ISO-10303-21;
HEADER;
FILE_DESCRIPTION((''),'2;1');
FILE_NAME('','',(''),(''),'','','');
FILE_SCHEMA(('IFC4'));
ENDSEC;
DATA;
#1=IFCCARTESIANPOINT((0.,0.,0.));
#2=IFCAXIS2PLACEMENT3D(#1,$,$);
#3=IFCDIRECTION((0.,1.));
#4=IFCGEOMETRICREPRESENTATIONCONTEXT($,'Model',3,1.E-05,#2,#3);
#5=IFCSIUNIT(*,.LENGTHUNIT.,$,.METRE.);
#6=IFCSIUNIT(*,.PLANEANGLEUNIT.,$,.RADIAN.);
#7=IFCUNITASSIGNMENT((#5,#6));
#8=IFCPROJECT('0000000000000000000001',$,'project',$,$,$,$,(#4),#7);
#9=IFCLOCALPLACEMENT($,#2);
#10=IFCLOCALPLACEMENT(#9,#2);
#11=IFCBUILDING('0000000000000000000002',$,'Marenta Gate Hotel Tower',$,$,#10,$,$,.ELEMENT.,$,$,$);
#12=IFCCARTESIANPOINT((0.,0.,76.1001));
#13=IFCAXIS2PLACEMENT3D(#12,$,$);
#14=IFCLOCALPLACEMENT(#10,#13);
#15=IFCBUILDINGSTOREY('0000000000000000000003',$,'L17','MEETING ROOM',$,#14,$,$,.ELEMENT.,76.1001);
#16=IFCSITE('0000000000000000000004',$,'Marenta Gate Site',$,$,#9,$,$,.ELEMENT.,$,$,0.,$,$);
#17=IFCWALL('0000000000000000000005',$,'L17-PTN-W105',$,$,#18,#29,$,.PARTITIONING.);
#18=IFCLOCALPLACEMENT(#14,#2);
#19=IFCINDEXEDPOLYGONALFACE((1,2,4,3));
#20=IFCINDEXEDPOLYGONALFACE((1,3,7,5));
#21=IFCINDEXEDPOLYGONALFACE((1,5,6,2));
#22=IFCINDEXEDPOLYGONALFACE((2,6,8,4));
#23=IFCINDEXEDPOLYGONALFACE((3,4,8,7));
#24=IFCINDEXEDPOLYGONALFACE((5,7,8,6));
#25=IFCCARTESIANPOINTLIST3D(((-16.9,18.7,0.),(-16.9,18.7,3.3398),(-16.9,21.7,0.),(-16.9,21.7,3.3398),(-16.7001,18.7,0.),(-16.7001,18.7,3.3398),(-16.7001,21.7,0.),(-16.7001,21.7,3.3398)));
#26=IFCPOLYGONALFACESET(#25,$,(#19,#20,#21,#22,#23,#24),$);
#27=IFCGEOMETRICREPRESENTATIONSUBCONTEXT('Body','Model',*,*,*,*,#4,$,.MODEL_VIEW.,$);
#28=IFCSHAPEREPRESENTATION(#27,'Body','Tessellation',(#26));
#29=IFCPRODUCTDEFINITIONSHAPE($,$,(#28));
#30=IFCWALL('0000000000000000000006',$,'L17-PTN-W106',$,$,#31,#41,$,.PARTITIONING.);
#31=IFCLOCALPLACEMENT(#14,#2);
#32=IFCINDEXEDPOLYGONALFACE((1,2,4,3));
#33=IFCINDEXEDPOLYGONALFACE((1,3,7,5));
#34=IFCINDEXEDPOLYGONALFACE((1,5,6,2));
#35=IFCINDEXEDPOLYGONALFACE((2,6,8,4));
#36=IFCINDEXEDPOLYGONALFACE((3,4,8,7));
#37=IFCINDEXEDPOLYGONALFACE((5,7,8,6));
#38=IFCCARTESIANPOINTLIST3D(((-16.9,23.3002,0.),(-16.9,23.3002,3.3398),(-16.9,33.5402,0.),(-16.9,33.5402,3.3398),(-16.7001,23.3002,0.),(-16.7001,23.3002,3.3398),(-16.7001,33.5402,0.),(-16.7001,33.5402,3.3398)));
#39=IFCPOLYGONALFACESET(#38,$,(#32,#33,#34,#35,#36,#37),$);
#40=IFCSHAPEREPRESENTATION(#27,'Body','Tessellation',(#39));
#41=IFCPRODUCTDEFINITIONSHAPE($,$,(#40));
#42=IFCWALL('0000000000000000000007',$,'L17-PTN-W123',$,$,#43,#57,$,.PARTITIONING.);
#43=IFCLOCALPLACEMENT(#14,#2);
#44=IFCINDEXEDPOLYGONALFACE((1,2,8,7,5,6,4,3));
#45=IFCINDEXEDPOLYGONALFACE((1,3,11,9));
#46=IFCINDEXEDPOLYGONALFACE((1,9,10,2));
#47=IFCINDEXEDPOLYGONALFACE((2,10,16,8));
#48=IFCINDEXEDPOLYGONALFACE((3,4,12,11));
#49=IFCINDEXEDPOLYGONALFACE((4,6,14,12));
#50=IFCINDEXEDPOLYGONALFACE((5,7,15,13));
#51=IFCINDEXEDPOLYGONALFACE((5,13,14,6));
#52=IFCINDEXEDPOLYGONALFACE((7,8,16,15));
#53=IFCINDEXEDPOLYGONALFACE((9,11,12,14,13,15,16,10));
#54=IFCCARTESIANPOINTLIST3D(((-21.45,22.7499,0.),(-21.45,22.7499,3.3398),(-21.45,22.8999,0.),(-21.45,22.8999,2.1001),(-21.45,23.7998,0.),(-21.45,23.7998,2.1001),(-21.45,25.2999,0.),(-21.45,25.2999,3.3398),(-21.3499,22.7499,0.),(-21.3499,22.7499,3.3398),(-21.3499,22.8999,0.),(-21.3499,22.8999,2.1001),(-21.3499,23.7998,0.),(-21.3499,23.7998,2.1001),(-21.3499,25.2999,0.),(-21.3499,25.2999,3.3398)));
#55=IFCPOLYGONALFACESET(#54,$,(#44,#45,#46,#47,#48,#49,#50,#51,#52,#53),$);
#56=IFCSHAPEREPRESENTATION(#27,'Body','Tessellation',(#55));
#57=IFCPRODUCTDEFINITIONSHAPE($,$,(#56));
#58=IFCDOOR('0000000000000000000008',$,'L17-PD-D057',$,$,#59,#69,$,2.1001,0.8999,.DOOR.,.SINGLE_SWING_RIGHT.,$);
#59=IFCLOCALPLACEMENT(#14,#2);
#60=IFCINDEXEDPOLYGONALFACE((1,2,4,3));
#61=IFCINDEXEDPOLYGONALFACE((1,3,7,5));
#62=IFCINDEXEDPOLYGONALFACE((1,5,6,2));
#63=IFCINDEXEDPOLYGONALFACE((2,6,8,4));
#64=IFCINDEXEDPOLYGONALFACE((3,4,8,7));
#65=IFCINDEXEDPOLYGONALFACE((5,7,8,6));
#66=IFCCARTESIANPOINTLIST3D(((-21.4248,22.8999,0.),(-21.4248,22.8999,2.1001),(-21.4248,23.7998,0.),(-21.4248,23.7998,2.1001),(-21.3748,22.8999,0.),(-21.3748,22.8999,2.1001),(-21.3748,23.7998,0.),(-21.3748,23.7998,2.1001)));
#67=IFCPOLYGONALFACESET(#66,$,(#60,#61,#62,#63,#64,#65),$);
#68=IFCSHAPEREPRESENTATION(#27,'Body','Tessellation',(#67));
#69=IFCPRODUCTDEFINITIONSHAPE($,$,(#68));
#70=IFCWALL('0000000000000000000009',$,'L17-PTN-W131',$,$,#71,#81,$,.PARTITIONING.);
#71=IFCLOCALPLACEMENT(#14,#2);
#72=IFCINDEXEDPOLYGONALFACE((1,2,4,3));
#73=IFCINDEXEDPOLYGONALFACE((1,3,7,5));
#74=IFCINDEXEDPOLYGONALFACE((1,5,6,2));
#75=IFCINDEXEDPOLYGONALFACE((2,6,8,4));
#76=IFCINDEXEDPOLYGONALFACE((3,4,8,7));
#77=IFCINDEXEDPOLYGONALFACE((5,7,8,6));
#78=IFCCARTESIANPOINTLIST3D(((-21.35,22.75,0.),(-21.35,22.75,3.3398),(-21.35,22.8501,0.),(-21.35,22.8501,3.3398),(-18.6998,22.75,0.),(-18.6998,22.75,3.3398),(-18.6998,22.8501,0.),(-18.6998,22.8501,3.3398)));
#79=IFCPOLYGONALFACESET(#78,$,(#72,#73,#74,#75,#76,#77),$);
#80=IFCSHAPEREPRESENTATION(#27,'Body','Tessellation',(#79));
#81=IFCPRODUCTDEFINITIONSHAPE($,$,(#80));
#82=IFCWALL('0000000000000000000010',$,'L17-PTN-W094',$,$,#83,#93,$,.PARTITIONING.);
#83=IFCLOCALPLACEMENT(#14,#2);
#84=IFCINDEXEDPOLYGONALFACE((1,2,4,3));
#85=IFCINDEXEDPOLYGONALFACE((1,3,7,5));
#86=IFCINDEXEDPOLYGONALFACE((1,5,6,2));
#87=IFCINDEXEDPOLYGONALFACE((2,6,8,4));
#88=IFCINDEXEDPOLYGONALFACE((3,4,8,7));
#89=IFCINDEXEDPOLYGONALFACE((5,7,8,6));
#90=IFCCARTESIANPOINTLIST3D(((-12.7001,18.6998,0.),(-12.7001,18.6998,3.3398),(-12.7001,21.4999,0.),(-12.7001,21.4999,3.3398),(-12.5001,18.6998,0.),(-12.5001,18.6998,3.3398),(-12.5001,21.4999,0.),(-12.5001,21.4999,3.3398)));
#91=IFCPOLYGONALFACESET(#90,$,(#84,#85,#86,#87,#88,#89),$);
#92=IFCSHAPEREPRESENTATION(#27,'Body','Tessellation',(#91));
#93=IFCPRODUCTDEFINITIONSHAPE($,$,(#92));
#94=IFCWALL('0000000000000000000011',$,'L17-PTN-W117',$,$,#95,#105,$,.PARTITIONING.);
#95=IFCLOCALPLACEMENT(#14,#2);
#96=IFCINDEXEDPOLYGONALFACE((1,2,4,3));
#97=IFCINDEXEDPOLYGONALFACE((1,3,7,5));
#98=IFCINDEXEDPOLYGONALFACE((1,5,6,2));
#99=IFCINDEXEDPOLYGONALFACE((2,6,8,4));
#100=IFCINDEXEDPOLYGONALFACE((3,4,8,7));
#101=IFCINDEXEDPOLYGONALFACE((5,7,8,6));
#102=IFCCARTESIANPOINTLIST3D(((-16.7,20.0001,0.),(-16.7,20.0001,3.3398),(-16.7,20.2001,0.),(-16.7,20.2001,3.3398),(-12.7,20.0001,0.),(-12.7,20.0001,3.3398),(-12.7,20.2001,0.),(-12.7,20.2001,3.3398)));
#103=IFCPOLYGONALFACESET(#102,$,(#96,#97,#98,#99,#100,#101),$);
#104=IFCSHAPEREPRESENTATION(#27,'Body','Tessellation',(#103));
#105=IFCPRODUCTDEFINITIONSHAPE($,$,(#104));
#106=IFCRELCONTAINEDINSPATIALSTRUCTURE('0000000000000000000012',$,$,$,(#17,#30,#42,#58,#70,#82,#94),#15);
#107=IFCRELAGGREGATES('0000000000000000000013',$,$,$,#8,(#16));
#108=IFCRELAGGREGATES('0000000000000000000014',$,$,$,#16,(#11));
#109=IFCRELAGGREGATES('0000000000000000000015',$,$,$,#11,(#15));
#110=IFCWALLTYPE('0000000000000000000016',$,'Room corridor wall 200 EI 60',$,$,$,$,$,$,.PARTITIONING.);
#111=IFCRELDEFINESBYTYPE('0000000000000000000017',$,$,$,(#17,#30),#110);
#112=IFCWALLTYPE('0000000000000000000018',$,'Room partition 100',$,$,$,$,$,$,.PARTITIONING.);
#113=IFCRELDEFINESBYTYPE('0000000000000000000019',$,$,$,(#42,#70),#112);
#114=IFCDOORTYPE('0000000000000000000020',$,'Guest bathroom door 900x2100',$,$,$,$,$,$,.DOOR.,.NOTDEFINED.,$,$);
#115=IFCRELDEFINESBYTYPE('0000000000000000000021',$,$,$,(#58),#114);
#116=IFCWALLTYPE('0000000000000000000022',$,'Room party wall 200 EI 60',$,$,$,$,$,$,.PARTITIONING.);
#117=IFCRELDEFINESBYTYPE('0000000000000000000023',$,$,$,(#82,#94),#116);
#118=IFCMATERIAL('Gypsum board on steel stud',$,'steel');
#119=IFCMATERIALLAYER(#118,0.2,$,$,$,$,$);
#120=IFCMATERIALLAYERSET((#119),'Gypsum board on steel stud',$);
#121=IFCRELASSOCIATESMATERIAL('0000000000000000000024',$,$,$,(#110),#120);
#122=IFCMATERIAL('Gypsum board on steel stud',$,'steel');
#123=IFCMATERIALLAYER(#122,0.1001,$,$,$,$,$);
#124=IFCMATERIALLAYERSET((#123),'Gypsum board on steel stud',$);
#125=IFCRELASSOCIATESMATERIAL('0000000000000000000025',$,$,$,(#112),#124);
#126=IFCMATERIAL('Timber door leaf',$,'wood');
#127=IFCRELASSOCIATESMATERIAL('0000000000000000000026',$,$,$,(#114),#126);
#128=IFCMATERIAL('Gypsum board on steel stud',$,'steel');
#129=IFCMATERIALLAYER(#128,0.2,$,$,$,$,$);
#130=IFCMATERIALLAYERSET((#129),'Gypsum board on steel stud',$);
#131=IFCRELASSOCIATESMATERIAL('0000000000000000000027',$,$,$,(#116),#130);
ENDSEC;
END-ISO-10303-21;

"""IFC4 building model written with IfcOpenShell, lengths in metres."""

from ifc_helpers import new_model, si_unit, direction, frame, frame_2d, origin, place, context, subcontext, project, spatial, rectangle, extrude, material, layer, layer_set, type_object, element, fill, save


model = new_model("IFC4")

# Units and contexts
model_context = context("Model", 3, precision=1e-05, world=origin(), true_north=direction((0.0, 1.0)))
body_context = subcontext(model_context, "Body", "Model", "MODEL_VIEW")
ifc_project = project(units=[si_unit("LENGTHUNIT", "METRE"), si_unit("PLANEANGLEUNIT", "RADIAN")], contexts=[model_context])

# Site, building, storey
site_placement = place(None, origin())
site = spatial("IfcSite", under=ifc_project, at=site_placement, Name="Marenta Gate Site", CompositionType="ELEMENT", RefElevation=0.0)
building_placement = place(site_placement, origin())
building = spatial("IfcBuilding", under=site, at=building_placement, Name="Marenta Gate Hotel Tower", CompositionType="ELEMENT")
storey_placement = place(building_placement, frame((0.0, 0.0, 76.1001)))
storey = spatial("IfcBuildingStorey", under=building, at=storey_placement, Name="L17", Description="MEETING ROOM", CompositionType="ELEMENT", Elevation=76.1001)

# Walls
ifc_material_1 = material(Name="Gypsum board on steel stud", Category="steel")
ifc_layer_1 = layer(ifc_material_1, 0.2)
ifc_layer_set_1 = layer_set([ifc_layer_1], Name="Gypsum board on steel stud")
wall_type_1 = type_object("IfcWallType", Name="Room corridor wall 200 EI 60", PredefinedType="PARTITIONING", material=ifc_layer_set_1)
wall_1_placement = place(storey_placement, frame((-16.8, 18.7, 0.0), z_axis=(0.0, 0.0, 1.0), x_axis=(0.0, 1.0, 0.0)))
element("IfcWall", 1, at=wall_1_placement, inside=storey, type_object=wall_type_1, Name="L17-PTN-W105", PredefinedType="PARTITIONING", context=body_context, shape_type="SweptSolid", body=[
    extrude(rectangle(XDim=3.0, YDim=0.2, at=frame_2d((1.5, 0.0))), origin(), (0.0, 0.0, 1.0), 3.3398),
])
wall_2_placement = place(storey_placement, frame((-16.8, 23.3, 0.0), z_axis=(0.0, 0.0, 1.0), x_axis=(0.0, 1.0, 0.0)))
element("IfcWall", 2, at=wall_2_placement, inside=storey, type_object=wall_type_1, Name="L17-PTN-W106", PredefinedType="PARTITIONING", context=body_context, shape_type="SweptSolid", body=[
    extrude(rectangle(XDim=10.24, YDim=0.2, at=frame_2d((5.1201, 0.0))), origin(), (0.0, 0.0, 1.0), 3.3398),
])

# Wall, opening, door
ifc_material_2 = material(Name="Gypsum board on steel stud", Category="steel")
ifc_layer_2 = layer(ifc_material_2, 0.1001)
ifc_layer_set_2 = layer_set([ifc_layer_2], Name="Gypsum board on steel stud")
wall_type_2 = type_object("IfcWallType", Name="Room partition 100", PredefinedType="PARTITIONING", material=ifc_layer_set_2)
wall_3_placement = place(storey_placement, frame((-21.3999, 22.75, 0.0), z_axis=(0.0, 0.0, 1.0), x_axis=(0.0, 1.0, 0.0)))
wall_3 = element("IfcWall", 3, at=wall_3_placement, inside=storey, type_object=wall_type_2, Name="L17-PTN-W123", PredefinedType="PARTITIONING", context=body_context, shape_type="SweptSolid", body=[
    extrude(rectangle(XDim=2.55, YDim=0.1001, at=frame_2d((1.2749, 0.0))), origin(), (0.0, 0.0, 1.0), 3.3398),
])
opening_1_placement = place(wall_3_placement, frame((0.1499, 0.0, 0.0)))
opening_1 = element("IfcOpeningElement", 4, at=opening_1_placement, cuts=wall_3, PredefinedType="OPENING", context=body_context, shape_type="SweptSolid", body=[
    extrude(rectangle(XDim=0.8999, YDim=2.1001, at=frame_2d((0.45, 1.05))), frame((0.0, 0.05, 0.0), z_axis=(0.0, -1.0, 0.0), x_axis=(1.0, 0.0, 0.0)), (0.0, 0.0, 1.0), 0.1001),
])
ifc_material_3 = material(Name="Timber door leaf", Category="wood")
door_type_1 = type_object("IfcDoorType", Name="Guest bathroom door 900x2100", OperationType="NOTDEFINED", PredefinedType="DOOR", material=ifc_material_3)
door_1_placement = place(opening_1_placement, origin())
door_1 = element("IfcDoor", 5, at=door_1_placement, inside=storey, type_object=door_type_1, Name="L17-PD-D057", OperationType="SINGLE_SWING_RIGHT", OverallHeight=2.1001, OverallWidth=0.8999, PredefinedType="DOOR", context=body_context, shape_type="SweptSolid", body=[
    extrude(rectangle(XDim=0.8999, YDim=2.1001, at=frame_2d((0.45, 1.05))), frame((0.0, 0.0249, 0.0), z_axis=(0.0, -1.0, 0.0), x_axis=(1.0, 0.0, 0.0)), (0.0, 0.0, 1.0), 0.05),
])
fill(opening_1, door_1)

# Walls
wall_4_placement = place(storey_placement, frame((-21.3501, 22.8, 0.0), z_axis=(0.0, 0.0, 1.0), x_axis=(1.0, 0.0, 0.0)))
element("IfcWall", 6, at=wall_4_placement, inside=storey, type_object=wall_type_2, Name="L17-PTN-W131", PredefinedType="PARTITIONING", context=body_context, shape_type="SweptSolid", body=[
    extrude(rectangle(XDim=2.6501, YDim=0.1001, at=frame_2d((1.3252, 0.0))), origin(), (0.0, 0.0, 1.0), 3.3398),
])
ifc_material_4 = material(Name="Gypsum board on steel stud", Category="steel")
ifc_layer_3 = layer(ifc_material_4, 0.2)
ifc_layer_set_3 = layer_set([ifc_layer_3], Name="Gypsum board on steel stud")
wall_type_3 = type_object("IfcWallType", Name="Room party wall 200 EI 60", PredefinedType="PARTITIONING", material=ifc_layer_set_3)
wall_5_placement = place(storey_placement, frame((-12.6001, 18.7, 0.0), z_axis=(0.0, 0.0, 1.0), x_axis=(0.0, 1.0, 0.0)))
element("IfcWall", 7, at=wall_5_placement, inside=storey, type_object=wall_type_3, Name="L17-PTN-W094", PredefinedType="PARTITIONING", context=body_context, shape_type="SweptSolid", body=[
    extrude(rectangle(XDim=2.8, YDim=0.2, at=frame_2d((1.3999, 0.0))), origin(), (0.0, 0.0, 1.0), 3.3398),
])
wall_6_placement = place(storey_placement, frame((-16.7, 20.1001, 0.0), z_axis=(0.0, 0.0, 1.0), x_axis=(1.0, 0.0, 0.0)))
element("IfcWall", 8, at=wall_6_placement, inside=storey, type_object=wall_type_3, Name="L17-PTN-W117", PredefinedType="PARTITIONING", context=body_context, shape_type="SweptSolid", body=[
    extrude(rectangle(XDim=4.0, YDim=0.2, at=frame_2d((2.0, 0.0))), origin(), (0.0, 0.0, 1.0), 3.3398),
])

save(model, "model.ifc")
